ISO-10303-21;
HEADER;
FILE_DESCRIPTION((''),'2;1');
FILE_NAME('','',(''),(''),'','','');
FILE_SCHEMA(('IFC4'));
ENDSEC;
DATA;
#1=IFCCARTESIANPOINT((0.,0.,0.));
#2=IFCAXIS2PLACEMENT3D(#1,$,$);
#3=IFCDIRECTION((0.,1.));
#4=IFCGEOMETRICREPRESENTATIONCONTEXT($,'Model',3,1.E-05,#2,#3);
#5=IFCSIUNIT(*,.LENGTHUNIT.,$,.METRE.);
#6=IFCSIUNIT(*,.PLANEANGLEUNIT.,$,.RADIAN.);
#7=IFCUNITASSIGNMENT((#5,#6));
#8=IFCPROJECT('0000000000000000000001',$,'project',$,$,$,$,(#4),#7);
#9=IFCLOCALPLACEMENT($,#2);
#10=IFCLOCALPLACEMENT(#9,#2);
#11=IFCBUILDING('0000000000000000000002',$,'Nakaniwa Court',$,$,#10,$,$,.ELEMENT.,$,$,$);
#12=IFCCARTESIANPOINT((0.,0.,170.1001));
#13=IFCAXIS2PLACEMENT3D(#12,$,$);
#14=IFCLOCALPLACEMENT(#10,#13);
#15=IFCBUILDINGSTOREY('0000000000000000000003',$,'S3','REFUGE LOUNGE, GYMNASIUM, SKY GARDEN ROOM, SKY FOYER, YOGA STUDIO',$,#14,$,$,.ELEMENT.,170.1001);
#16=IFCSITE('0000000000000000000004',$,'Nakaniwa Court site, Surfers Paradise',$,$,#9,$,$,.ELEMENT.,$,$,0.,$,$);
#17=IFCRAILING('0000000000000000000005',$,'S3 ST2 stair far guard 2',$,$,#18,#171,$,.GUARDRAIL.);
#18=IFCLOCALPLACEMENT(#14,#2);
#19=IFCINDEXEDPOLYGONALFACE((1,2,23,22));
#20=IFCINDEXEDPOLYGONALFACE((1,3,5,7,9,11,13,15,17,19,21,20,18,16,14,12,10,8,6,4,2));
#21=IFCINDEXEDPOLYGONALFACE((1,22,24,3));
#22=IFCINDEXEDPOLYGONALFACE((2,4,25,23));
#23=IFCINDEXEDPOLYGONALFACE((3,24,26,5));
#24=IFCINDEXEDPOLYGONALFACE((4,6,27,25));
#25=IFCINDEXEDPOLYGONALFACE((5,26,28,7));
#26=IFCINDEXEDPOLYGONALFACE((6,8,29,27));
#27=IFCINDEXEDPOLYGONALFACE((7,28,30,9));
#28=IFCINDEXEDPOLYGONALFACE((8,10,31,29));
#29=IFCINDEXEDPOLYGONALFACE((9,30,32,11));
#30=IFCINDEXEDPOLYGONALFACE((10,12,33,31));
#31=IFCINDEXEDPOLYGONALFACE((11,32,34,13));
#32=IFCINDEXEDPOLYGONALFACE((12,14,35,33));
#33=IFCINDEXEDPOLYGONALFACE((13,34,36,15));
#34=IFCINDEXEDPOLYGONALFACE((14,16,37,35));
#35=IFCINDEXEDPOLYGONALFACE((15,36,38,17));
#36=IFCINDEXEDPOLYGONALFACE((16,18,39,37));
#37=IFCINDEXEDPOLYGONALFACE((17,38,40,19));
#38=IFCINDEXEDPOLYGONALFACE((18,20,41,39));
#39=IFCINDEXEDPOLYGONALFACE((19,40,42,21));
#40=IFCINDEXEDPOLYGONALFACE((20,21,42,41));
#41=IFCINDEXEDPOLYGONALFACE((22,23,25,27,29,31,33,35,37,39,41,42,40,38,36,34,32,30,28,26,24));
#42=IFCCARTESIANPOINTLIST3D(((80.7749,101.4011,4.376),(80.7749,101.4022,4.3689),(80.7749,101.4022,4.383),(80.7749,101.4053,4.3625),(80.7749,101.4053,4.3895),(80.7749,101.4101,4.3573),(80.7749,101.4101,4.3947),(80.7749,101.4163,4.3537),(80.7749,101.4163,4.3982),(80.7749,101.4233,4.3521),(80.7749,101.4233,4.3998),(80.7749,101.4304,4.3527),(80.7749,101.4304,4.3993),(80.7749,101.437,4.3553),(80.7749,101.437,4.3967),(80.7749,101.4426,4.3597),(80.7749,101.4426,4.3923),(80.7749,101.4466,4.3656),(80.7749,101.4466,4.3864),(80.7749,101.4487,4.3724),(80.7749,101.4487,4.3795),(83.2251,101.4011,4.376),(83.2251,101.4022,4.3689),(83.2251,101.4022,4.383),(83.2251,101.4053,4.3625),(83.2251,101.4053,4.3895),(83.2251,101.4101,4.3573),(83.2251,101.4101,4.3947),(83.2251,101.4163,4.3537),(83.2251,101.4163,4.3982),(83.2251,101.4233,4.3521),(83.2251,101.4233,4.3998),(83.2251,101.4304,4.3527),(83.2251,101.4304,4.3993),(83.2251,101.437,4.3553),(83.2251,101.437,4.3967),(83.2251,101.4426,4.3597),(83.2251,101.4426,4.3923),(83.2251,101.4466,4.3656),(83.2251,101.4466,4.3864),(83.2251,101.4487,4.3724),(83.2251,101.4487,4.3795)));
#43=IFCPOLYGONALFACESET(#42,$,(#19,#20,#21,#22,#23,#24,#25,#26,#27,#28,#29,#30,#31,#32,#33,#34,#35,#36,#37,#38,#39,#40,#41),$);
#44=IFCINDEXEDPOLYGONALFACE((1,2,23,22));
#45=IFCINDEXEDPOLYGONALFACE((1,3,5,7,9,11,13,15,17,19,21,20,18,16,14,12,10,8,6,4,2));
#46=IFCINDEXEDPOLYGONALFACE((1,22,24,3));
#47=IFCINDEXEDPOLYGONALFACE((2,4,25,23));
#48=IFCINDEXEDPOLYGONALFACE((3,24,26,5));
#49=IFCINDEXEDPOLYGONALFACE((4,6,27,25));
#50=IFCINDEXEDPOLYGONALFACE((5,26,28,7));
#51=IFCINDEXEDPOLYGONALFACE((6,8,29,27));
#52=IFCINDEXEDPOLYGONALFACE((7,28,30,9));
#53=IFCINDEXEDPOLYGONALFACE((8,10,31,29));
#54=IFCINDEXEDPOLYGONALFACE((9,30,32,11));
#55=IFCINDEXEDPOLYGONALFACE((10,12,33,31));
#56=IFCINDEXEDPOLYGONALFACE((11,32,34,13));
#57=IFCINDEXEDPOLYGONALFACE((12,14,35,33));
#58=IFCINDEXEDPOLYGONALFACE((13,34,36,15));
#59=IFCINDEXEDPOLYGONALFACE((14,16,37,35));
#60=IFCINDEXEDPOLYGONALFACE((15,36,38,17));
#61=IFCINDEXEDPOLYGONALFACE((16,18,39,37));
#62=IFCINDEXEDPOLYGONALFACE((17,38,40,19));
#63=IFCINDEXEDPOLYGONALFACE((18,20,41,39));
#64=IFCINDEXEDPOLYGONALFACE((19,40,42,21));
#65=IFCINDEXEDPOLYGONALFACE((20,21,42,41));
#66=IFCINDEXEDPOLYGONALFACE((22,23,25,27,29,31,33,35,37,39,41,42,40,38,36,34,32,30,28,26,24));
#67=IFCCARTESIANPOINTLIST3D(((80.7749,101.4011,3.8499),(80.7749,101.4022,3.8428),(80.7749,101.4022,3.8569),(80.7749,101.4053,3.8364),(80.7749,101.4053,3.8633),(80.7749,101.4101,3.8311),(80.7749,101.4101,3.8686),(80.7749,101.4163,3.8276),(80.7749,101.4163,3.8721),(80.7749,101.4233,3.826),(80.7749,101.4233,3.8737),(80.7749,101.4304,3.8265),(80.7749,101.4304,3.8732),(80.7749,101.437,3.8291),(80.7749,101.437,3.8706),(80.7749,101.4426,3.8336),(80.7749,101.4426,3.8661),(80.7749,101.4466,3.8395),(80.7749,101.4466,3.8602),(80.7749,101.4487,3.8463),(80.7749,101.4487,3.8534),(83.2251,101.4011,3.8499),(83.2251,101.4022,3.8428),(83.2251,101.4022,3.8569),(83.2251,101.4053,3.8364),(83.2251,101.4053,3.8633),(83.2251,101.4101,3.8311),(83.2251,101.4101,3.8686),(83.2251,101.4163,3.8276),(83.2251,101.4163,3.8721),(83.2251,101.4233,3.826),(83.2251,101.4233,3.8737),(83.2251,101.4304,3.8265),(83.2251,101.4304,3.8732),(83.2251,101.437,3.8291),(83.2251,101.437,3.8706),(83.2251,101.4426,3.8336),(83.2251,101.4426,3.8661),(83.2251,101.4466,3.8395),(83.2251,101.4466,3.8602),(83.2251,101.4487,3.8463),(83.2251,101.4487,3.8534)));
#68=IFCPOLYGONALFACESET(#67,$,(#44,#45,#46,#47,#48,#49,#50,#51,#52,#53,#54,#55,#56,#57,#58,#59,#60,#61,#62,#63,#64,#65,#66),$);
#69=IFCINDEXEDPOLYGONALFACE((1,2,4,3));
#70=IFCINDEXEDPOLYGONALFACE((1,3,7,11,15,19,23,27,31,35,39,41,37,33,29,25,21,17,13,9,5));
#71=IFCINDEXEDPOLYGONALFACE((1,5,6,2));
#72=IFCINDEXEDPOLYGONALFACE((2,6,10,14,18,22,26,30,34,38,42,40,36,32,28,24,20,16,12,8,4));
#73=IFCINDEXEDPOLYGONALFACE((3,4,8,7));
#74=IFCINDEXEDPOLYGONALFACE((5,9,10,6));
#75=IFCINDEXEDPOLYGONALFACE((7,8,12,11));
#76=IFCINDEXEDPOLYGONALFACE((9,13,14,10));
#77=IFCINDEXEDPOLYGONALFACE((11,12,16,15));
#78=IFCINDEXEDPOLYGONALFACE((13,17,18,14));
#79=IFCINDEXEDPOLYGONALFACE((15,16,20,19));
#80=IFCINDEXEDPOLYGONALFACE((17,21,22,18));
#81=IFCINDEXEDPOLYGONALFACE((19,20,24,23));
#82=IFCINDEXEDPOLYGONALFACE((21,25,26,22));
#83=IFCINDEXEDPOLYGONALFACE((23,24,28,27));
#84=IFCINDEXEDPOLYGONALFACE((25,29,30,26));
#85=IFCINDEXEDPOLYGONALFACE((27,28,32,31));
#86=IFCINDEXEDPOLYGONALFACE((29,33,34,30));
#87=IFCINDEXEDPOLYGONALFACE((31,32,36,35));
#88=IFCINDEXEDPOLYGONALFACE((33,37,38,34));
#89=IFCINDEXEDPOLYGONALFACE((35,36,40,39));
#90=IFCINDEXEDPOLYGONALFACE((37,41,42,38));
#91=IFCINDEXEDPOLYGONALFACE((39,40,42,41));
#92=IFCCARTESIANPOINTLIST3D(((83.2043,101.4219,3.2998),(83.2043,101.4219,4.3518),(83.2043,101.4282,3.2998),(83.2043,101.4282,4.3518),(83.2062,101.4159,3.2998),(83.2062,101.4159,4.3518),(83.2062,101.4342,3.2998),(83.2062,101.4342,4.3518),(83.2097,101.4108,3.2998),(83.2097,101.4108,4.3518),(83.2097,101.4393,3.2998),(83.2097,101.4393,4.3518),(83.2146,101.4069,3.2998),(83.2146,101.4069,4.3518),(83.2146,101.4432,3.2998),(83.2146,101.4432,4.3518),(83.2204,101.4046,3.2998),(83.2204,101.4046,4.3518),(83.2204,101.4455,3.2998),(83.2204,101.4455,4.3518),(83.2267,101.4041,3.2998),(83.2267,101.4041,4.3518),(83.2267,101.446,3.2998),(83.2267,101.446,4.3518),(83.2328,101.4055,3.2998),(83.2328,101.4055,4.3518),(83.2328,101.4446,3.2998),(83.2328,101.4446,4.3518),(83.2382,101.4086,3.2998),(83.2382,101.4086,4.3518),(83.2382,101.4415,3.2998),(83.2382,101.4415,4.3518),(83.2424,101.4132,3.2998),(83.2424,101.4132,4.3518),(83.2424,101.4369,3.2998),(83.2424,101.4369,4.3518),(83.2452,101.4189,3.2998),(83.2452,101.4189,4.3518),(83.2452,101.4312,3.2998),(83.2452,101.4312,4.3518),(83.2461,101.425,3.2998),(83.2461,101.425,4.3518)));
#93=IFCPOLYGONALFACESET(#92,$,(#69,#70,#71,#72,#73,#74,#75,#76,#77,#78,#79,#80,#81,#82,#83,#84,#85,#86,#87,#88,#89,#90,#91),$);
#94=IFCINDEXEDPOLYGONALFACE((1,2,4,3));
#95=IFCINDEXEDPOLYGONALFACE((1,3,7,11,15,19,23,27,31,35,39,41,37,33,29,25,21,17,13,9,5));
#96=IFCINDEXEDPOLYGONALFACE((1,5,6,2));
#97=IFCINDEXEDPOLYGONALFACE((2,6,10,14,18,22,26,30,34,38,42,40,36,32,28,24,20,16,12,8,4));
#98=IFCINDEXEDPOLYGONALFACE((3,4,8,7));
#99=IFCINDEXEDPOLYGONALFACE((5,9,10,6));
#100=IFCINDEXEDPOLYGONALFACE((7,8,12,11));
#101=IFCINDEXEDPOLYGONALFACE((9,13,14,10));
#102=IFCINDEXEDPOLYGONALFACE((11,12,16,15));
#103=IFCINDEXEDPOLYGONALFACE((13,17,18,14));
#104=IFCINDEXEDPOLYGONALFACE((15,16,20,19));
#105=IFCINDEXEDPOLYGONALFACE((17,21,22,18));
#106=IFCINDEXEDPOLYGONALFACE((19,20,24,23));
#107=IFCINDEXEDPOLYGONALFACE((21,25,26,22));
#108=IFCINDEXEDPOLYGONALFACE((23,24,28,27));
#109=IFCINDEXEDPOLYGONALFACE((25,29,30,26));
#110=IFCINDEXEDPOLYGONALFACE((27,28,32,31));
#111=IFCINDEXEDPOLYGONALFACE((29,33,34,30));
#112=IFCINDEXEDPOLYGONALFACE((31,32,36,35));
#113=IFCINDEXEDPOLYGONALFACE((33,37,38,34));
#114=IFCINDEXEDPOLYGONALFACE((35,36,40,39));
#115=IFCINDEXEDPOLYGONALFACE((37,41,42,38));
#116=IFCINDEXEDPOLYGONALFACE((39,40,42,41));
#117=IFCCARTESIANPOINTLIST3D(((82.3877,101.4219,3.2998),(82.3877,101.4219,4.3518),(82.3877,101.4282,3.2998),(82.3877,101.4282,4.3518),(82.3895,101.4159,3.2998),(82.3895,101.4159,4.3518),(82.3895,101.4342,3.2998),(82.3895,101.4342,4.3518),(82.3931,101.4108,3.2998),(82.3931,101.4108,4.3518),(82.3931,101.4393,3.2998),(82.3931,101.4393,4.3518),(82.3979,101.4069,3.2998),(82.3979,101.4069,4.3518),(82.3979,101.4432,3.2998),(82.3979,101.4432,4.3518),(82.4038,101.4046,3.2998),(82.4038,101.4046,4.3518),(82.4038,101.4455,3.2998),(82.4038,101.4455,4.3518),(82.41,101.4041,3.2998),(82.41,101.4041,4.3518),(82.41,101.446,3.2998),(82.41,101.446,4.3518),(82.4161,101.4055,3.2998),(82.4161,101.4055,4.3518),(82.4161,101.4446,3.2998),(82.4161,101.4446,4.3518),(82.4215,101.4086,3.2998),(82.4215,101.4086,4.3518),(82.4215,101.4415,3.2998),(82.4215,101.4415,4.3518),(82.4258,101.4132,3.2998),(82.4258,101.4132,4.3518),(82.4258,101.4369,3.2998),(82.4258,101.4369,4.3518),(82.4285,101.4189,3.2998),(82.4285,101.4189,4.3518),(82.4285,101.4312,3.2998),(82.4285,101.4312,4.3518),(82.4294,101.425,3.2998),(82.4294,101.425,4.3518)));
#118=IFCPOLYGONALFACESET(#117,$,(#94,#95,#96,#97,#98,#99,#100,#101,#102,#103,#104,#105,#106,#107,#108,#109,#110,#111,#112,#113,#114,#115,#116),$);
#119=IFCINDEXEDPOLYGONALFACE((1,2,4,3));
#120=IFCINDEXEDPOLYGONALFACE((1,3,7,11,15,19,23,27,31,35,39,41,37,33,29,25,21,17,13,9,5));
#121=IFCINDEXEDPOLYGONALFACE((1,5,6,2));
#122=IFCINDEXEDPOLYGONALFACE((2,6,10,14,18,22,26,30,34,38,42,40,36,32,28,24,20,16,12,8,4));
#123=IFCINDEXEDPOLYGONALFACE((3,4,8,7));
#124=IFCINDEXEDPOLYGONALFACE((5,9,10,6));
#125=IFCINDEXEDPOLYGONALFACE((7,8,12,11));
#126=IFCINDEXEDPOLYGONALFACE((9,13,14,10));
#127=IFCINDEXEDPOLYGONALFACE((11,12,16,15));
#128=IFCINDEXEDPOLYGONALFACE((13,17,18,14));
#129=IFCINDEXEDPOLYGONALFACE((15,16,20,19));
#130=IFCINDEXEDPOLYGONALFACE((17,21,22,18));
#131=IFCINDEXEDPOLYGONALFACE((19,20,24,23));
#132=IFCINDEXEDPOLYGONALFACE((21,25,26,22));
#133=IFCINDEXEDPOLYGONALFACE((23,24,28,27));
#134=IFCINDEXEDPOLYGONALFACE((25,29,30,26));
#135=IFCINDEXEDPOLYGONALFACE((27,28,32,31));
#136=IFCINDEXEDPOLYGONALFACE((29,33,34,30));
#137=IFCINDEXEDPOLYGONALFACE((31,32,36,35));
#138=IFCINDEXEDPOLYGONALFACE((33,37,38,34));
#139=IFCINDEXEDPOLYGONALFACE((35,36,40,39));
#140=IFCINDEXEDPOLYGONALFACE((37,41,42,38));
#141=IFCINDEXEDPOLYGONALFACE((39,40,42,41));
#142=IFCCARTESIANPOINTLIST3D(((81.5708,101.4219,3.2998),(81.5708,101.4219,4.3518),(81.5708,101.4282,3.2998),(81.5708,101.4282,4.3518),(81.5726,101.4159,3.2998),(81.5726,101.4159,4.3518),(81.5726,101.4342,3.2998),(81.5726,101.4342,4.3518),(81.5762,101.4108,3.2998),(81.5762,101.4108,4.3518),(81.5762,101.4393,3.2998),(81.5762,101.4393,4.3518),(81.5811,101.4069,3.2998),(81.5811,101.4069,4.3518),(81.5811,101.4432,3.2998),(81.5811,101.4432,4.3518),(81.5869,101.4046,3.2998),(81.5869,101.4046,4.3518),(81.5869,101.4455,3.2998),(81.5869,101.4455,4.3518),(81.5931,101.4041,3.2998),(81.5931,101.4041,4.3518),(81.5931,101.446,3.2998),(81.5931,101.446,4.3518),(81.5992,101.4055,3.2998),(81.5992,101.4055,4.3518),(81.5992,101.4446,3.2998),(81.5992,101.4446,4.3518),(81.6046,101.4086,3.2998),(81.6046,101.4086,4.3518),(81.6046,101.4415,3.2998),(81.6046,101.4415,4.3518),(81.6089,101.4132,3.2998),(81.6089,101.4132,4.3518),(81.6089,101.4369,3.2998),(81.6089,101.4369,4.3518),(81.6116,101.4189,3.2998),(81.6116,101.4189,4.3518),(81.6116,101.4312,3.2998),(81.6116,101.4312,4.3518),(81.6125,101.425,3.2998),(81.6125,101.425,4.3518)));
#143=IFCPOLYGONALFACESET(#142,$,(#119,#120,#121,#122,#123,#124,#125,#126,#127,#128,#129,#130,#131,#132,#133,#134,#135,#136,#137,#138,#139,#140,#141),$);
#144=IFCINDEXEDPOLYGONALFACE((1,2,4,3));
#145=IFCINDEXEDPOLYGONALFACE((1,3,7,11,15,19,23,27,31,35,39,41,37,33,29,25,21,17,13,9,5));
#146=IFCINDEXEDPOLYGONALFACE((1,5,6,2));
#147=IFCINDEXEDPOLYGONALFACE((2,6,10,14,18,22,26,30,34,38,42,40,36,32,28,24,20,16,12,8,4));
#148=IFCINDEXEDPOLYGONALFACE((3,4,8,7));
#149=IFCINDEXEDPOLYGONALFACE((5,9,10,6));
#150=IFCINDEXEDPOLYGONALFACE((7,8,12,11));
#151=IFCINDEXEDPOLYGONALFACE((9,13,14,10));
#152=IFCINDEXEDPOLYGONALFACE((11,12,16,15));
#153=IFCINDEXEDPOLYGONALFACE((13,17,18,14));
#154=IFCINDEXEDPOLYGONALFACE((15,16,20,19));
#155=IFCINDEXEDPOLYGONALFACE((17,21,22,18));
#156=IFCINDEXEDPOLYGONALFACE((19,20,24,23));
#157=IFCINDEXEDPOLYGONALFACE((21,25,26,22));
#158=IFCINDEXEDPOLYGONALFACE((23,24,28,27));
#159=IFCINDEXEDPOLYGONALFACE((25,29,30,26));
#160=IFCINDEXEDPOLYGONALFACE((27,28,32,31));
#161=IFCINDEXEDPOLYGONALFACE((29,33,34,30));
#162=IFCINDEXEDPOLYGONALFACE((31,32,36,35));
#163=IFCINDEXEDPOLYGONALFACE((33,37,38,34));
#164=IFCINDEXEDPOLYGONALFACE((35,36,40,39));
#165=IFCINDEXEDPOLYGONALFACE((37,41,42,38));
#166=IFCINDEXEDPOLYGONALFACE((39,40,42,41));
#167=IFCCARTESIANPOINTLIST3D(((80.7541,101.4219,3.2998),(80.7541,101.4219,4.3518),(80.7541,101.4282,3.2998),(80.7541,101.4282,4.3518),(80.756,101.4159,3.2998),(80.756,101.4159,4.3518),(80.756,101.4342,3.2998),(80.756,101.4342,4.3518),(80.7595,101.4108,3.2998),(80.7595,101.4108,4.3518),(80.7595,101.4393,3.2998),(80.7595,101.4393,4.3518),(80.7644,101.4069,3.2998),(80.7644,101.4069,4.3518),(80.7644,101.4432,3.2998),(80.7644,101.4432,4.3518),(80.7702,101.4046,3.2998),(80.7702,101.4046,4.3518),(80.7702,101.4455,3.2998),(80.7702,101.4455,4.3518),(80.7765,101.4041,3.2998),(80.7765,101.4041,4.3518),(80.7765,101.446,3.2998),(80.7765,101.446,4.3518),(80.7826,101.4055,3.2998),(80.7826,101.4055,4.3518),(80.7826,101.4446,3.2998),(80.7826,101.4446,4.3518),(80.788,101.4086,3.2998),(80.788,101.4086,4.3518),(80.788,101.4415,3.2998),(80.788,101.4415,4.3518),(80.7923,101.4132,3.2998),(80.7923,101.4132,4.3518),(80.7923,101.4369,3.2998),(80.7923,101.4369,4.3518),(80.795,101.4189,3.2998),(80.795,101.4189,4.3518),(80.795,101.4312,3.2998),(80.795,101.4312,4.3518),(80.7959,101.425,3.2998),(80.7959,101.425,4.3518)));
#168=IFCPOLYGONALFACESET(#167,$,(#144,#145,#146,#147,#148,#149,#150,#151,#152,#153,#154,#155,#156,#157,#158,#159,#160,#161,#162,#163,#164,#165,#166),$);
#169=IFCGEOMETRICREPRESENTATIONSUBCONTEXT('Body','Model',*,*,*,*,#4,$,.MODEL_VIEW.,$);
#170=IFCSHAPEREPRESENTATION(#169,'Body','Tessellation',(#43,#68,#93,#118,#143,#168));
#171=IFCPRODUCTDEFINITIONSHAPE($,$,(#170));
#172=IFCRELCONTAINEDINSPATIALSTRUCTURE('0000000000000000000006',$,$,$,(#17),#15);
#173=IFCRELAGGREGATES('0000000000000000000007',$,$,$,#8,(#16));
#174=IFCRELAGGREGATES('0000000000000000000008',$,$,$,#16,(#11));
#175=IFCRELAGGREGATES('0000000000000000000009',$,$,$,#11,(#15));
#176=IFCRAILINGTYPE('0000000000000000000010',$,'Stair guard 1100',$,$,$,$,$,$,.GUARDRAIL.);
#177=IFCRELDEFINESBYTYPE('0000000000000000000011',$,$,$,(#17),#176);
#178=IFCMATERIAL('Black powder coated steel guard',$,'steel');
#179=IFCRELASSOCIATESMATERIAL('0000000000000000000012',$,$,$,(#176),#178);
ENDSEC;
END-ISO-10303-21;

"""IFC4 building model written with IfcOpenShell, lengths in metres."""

from ifc_helpers import new_model, si_unit, direction, frame, origin, origin_2d, place, context, subcontext, project, spatial, circle, extrude, material, type_object, element, save


model = new_model("IFC4")

# Units and contexts
model_context = context("Model", 3, precision=1e-05, world=origin(), true_north=direction((0.0, 1.0)))
body_context = subcontext(model_context, "Body", "Model", "MODEL_VIEW")
ifc_project = project(units=[si_unit("LENGTHUNIT", "METRE"), si_unit("PLANEANGLEUNIT", "RADIAN")], contexts=[model_context])

# Site, building, storey
site_placement = place(None, origin())
site = spatial("IfcSite", under=ifc_project, at=site_placement, Name="Nakaniwa Court site, Surfers Paradise", CompositionType="ELEMENT", RefElevation=0.0)
building_placement = place(site_placement, origin())
building = spatial("IfcBuilding", under=site, at=building_placement, Name="Nakaniwa Court", CompositionType="ELEMENT")
storey_placement = place(building_placement, frame((0.0, 0.0, 170.1001)))
storey = spatial("IfcBuildingStorey", under=building, at=storey_placement, Name="S3", Description="REFUGE LOUNGE, GYMNASIUM, SKY GARDEN ROOM, SKY FOYER, YOGA STUDIO", CompositionType="ELEMENT", Elevation=170.1001)

# Railing
ifc_material_1 = material(Name="Black powder coated steel guard", Category="steel")
railing_type_1 = type_object("IfcRailingType", Name="Stair guard 1100", PredefinedType="GUARDRAIL", material=ifc_material_1)
for number, where, name in (
    (1, (83.2251, 101.425, 3.2998), "S3 ST2 stair far guard 2"),
):
    element("IfcRailing", number, at=place(storey_placement, frame(where)), inside=storey, type_object=railing_type_1, Name=name, PredefinedType="GUARDRAIL", context=body_context, shape_type="SweptSolid", body=[
        extrude(circle(Radius=0.0239, at=origin_2d()), frame((0.0, 0.0, 1.0762), z_axis=(-1.0, 0.0, 0.0), x_axis=(0.0, -1.0, 0.0)), (0.0, 0.0, 1.0), 2.4502),
        extrude(circle(Radius=0.0239, at=origin_2d()), frame((0.0, 0.0, 0.55), z_axis=(-1.0, 0.0, 0.0), x_axis=(0.0, -1.0, 0.0)), (0.0, 0.0, 1.0), 2.4502),
        extrude(circle(Radius=0.021, at=origin_2d()), origin(), (0.0, 0.0, 1.0), 1.052),
        extrude(circle(Radius=0.021, at=origin_2d()), frame((-0.8167, 0.0, 0.0)), (0.0, 0.0, 1.0), 1.052),
        extrude(circle(Radius=0.021, at=origin_2d()), frame((-1.6335, 0.0, 0.0)), (0.0, 0.0, 1.0), 1.052),
        extrude(circle(Radius=0.021, at=origin_2d()), frame((-2.4502, 0.0, 0.0)), (0.0, 0.0, 1.0), 1.052),
    ])

save(model, "model.ifc")
